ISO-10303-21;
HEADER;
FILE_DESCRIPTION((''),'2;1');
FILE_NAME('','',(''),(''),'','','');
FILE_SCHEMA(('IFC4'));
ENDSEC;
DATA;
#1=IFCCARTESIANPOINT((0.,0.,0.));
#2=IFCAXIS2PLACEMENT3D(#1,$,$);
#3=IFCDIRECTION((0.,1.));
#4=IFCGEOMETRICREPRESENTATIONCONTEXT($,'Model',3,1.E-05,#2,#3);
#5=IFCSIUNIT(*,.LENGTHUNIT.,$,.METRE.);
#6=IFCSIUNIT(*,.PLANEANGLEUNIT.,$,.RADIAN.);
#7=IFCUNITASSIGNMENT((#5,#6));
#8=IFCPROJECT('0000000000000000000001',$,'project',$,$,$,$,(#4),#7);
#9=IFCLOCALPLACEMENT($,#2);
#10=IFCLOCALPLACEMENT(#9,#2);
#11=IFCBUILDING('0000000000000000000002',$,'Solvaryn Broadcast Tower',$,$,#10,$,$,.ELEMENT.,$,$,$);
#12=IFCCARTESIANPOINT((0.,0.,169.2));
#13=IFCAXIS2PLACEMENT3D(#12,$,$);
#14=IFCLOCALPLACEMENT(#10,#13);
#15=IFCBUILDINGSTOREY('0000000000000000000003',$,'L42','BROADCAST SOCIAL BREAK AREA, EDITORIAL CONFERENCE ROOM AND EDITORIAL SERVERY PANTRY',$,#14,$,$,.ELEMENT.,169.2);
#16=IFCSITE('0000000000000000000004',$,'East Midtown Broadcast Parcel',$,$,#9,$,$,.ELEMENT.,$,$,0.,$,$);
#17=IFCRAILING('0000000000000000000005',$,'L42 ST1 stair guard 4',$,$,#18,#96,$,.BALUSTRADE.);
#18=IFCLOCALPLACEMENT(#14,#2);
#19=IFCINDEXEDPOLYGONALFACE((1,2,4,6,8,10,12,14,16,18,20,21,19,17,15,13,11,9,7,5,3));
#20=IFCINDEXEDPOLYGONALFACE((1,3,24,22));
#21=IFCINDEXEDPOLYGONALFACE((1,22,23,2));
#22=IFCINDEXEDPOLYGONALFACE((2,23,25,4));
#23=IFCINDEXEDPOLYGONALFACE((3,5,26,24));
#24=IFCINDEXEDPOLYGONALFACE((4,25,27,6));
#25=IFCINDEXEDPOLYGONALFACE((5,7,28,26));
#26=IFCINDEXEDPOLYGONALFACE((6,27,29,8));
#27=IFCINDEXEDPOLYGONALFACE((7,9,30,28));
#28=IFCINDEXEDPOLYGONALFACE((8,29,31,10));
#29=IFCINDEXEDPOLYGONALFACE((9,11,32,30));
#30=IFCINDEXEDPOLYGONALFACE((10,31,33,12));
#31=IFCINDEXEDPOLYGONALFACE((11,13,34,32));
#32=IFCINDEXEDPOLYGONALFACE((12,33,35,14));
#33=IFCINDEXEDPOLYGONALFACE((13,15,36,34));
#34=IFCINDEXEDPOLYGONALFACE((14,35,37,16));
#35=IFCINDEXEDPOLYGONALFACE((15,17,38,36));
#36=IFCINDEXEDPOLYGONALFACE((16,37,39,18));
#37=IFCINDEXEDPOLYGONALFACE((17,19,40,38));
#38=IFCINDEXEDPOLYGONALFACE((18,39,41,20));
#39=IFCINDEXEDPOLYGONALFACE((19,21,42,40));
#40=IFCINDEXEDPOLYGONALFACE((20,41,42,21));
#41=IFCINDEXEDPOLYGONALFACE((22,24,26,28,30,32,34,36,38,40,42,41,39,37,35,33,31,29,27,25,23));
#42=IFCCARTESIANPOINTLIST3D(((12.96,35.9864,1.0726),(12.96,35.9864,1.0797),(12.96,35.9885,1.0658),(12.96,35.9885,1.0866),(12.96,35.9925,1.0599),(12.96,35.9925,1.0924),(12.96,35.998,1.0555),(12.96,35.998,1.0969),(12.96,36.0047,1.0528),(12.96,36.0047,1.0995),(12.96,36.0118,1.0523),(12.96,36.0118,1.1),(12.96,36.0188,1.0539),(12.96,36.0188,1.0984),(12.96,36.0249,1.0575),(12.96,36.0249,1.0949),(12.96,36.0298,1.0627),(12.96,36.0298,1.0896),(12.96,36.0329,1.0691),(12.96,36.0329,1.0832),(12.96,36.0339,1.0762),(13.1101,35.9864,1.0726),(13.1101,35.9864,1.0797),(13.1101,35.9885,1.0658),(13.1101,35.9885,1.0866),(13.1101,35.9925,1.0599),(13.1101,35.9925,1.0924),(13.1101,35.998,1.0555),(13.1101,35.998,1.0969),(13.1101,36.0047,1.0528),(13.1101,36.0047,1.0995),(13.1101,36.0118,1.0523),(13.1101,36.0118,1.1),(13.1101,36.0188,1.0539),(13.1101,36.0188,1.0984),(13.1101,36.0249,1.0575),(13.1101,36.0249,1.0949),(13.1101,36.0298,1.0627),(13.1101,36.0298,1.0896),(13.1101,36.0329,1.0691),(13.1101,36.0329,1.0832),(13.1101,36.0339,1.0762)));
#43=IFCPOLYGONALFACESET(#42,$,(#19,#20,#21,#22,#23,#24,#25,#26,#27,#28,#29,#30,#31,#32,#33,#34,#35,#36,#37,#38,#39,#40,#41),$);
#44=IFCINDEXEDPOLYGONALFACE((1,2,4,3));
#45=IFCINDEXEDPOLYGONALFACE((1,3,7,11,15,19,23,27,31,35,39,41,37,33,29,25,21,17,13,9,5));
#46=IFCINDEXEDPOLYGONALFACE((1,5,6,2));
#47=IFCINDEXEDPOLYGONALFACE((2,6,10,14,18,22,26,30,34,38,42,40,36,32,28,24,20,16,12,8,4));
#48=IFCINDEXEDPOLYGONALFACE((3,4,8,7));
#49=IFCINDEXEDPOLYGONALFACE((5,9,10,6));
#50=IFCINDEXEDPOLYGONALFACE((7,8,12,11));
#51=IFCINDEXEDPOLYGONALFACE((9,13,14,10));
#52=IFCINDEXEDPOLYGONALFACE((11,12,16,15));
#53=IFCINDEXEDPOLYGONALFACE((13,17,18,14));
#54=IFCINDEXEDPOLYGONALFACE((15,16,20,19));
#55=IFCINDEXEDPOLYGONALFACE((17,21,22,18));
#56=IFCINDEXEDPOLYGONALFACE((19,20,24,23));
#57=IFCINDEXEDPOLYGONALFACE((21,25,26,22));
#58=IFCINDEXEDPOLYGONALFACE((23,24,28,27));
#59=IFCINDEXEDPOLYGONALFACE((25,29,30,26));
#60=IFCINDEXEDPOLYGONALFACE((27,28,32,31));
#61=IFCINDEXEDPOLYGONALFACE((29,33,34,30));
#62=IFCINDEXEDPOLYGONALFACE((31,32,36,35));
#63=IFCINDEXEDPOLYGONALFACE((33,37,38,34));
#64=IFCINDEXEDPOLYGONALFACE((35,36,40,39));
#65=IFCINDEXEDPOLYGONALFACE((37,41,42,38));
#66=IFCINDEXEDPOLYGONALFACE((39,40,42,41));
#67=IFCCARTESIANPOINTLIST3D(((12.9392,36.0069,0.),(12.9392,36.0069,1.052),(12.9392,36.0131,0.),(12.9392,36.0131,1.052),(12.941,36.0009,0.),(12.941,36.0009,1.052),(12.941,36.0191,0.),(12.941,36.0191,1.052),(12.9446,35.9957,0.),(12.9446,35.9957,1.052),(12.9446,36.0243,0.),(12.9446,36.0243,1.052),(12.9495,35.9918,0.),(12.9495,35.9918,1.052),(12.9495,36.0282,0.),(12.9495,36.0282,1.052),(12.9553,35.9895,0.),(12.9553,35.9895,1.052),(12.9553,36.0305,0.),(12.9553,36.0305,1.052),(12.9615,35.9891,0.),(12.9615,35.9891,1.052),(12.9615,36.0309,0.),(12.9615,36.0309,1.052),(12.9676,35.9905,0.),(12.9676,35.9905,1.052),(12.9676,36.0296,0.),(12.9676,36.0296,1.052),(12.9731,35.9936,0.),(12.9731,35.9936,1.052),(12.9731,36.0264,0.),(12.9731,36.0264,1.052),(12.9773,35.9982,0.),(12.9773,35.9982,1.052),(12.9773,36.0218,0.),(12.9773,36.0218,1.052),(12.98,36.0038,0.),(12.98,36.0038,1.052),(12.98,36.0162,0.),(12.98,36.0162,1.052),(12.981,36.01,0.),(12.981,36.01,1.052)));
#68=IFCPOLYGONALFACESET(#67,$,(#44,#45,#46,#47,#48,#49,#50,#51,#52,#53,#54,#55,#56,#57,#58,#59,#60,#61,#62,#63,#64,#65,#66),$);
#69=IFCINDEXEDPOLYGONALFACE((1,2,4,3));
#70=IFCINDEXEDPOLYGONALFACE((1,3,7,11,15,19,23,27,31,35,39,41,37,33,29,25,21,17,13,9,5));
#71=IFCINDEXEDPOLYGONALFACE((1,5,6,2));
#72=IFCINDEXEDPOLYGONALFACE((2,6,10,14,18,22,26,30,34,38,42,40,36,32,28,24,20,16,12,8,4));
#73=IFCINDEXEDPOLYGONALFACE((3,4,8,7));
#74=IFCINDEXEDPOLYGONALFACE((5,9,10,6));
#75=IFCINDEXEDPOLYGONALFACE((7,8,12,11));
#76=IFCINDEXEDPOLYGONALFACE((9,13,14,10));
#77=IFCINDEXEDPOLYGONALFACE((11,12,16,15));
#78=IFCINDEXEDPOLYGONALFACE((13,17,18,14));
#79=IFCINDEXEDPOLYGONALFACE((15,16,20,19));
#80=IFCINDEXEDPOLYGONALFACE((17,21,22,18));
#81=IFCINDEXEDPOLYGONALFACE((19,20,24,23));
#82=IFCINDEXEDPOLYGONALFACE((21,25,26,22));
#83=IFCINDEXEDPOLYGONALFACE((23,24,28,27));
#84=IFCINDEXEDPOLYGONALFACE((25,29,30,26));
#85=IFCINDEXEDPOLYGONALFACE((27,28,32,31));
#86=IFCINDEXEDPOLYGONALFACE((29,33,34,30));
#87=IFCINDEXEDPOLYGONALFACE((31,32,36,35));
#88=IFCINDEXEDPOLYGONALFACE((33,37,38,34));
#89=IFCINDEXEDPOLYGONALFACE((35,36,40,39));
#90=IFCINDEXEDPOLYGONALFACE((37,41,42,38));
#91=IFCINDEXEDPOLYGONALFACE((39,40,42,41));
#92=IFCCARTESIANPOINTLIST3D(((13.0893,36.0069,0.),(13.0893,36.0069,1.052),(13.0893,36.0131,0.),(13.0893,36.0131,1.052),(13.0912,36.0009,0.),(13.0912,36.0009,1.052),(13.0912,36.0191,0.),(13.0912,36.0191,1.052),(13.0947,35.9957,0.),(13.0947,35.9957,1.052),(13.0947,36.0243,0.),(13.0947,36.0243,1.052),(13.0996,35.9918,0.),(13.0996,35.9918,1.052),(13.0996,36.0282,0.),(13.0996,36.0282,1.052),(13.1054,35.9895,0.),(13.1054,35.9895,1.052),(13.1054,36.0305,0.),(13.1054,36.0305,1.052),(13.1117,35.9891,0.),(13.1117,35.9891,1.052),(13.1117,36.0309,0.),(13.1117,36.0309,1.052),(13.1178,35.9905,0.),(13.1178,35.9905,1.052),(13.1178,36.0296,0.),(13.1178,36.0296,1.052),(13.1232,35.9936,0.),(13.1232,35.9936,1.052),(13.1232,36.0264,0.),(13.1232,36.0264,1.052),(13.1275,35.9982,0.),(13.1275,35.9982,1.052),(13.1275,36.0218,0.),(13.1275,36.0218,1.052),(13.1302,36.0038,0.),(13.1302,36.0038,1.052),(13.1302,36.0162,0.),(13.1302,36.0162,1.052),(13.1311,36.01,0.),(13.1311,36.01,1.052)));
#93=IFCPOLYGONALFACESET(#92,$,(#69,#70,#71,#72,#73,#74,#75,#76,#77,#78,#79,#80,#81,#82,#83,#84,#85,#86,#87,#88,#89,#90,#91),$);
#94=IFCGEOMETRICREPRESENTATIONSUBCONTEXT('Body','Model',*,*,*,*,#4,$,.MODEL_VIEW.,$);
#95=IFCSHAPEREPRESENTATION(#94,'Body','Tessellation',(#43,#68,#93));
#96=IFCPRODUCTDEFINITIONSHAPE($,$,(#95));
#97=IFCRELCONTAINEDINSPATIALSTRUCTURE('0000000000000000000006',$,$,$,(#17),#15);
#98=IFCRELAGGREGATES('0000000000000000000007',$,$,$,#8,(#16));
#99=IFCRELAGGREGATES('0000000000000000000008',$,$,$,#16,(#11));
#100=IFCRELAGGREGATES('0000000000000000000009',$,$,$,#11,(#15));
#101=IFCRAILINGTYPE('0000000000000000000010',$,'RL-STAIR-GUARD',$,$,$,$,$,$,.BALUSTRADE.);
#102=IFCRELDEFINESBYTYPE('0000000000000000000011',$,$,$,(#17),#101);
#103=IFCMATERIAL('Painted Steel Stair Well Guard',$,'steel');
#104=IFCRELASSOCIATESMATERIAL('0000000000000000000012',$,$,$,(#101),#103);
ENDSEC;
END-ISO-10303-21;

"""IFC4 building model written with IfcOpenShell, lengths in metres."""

from ifc_helpers import new_model, si_unit, direction, frame, origin, origin_2d, place, context, subcontext, project, spatial, circle, extrude, material, type_object, element, save


model = new_model("IFC4")

# Units and contexts
model_context = context("Model", 3, precision=1e-05, world=origin(), true_north=direction((0.0, 1.0)))
body_context = subcontext(model_context, "Body", "Model", "MODEL_VIEW")
ifc_project = project(units=[si_unit("LENGTHUNIT", "METRE"), si_unit("PLANEANGLEUNIT", "RADIAN")], contexts=[model_context])

# Site, building, storey
site_placement = place(None, origin())
site = spatial("IfcSite", under=ifc_project, at=site_placement, Name="East Midtown Broadcast Parcel", CompositionType="ELEMENT", RefElevation=0.0)
building_placement = place(site_placement, origin())
building = spatial("IfcBuilding", under=site, at=building_placement, Name="Solvaryn Broadcast Tower", CompositionType="ELEMENT")
storey_placement = place(building_placement, frame((0.0, 0.0, 169.2)))
storey = spatial("IfcBuildingStorey", under=building, at=storey_placement, Name="L42", Description="BROADCAST SOCIAL BREAK AREA, EDITORIAL CONFERENCE ROOM AND EDITORIAL SERVERY PANTRY", CompositionType="ELEMENT", Elevation=169.2)

# Railing
ifc_material_1 = material(Name="Painted Steel Stair Well Guard", Category="steel")
railing_type_1 = type_object("IfcRailingType", Name="RL-STAIR-GUARD", PredefinedType="BALUSTRADE", material=ifc_material_1)
railing_1_placement = place(storey_placement, frame((12.96, 36.01, 0.0)))
element("IfcRailing", 1, at=railing_1_placement, inside=storey, type_object=railing_type_1, Name="L42 ST1 stair guard 4", PredefinedType="BALUSTRADE", context=body_context, shape_type="SweptSolid", body=[
    extrude(circle(Radius=0.0239, at=origin_2d()), frame((0.0, 0.0, 1.0762), z_axis=(1.0, 0.0, 0.0), x_axis=(0.0, 1.0, 0.0)), (0.0, 0.0, 1.0), 0.1501),
    extrude(circle(Radius=0.021, at=origin_2d()), origin(), (0.0, 0.0, 1.0), 1.052),
    extrude(circle(Radius=0.021, at=origin_2d()), frame((0.1501, 0.0, 0.0)), (0.0, 0.0, 1.0), 1.052),
])

save(model, "model.ifc")
